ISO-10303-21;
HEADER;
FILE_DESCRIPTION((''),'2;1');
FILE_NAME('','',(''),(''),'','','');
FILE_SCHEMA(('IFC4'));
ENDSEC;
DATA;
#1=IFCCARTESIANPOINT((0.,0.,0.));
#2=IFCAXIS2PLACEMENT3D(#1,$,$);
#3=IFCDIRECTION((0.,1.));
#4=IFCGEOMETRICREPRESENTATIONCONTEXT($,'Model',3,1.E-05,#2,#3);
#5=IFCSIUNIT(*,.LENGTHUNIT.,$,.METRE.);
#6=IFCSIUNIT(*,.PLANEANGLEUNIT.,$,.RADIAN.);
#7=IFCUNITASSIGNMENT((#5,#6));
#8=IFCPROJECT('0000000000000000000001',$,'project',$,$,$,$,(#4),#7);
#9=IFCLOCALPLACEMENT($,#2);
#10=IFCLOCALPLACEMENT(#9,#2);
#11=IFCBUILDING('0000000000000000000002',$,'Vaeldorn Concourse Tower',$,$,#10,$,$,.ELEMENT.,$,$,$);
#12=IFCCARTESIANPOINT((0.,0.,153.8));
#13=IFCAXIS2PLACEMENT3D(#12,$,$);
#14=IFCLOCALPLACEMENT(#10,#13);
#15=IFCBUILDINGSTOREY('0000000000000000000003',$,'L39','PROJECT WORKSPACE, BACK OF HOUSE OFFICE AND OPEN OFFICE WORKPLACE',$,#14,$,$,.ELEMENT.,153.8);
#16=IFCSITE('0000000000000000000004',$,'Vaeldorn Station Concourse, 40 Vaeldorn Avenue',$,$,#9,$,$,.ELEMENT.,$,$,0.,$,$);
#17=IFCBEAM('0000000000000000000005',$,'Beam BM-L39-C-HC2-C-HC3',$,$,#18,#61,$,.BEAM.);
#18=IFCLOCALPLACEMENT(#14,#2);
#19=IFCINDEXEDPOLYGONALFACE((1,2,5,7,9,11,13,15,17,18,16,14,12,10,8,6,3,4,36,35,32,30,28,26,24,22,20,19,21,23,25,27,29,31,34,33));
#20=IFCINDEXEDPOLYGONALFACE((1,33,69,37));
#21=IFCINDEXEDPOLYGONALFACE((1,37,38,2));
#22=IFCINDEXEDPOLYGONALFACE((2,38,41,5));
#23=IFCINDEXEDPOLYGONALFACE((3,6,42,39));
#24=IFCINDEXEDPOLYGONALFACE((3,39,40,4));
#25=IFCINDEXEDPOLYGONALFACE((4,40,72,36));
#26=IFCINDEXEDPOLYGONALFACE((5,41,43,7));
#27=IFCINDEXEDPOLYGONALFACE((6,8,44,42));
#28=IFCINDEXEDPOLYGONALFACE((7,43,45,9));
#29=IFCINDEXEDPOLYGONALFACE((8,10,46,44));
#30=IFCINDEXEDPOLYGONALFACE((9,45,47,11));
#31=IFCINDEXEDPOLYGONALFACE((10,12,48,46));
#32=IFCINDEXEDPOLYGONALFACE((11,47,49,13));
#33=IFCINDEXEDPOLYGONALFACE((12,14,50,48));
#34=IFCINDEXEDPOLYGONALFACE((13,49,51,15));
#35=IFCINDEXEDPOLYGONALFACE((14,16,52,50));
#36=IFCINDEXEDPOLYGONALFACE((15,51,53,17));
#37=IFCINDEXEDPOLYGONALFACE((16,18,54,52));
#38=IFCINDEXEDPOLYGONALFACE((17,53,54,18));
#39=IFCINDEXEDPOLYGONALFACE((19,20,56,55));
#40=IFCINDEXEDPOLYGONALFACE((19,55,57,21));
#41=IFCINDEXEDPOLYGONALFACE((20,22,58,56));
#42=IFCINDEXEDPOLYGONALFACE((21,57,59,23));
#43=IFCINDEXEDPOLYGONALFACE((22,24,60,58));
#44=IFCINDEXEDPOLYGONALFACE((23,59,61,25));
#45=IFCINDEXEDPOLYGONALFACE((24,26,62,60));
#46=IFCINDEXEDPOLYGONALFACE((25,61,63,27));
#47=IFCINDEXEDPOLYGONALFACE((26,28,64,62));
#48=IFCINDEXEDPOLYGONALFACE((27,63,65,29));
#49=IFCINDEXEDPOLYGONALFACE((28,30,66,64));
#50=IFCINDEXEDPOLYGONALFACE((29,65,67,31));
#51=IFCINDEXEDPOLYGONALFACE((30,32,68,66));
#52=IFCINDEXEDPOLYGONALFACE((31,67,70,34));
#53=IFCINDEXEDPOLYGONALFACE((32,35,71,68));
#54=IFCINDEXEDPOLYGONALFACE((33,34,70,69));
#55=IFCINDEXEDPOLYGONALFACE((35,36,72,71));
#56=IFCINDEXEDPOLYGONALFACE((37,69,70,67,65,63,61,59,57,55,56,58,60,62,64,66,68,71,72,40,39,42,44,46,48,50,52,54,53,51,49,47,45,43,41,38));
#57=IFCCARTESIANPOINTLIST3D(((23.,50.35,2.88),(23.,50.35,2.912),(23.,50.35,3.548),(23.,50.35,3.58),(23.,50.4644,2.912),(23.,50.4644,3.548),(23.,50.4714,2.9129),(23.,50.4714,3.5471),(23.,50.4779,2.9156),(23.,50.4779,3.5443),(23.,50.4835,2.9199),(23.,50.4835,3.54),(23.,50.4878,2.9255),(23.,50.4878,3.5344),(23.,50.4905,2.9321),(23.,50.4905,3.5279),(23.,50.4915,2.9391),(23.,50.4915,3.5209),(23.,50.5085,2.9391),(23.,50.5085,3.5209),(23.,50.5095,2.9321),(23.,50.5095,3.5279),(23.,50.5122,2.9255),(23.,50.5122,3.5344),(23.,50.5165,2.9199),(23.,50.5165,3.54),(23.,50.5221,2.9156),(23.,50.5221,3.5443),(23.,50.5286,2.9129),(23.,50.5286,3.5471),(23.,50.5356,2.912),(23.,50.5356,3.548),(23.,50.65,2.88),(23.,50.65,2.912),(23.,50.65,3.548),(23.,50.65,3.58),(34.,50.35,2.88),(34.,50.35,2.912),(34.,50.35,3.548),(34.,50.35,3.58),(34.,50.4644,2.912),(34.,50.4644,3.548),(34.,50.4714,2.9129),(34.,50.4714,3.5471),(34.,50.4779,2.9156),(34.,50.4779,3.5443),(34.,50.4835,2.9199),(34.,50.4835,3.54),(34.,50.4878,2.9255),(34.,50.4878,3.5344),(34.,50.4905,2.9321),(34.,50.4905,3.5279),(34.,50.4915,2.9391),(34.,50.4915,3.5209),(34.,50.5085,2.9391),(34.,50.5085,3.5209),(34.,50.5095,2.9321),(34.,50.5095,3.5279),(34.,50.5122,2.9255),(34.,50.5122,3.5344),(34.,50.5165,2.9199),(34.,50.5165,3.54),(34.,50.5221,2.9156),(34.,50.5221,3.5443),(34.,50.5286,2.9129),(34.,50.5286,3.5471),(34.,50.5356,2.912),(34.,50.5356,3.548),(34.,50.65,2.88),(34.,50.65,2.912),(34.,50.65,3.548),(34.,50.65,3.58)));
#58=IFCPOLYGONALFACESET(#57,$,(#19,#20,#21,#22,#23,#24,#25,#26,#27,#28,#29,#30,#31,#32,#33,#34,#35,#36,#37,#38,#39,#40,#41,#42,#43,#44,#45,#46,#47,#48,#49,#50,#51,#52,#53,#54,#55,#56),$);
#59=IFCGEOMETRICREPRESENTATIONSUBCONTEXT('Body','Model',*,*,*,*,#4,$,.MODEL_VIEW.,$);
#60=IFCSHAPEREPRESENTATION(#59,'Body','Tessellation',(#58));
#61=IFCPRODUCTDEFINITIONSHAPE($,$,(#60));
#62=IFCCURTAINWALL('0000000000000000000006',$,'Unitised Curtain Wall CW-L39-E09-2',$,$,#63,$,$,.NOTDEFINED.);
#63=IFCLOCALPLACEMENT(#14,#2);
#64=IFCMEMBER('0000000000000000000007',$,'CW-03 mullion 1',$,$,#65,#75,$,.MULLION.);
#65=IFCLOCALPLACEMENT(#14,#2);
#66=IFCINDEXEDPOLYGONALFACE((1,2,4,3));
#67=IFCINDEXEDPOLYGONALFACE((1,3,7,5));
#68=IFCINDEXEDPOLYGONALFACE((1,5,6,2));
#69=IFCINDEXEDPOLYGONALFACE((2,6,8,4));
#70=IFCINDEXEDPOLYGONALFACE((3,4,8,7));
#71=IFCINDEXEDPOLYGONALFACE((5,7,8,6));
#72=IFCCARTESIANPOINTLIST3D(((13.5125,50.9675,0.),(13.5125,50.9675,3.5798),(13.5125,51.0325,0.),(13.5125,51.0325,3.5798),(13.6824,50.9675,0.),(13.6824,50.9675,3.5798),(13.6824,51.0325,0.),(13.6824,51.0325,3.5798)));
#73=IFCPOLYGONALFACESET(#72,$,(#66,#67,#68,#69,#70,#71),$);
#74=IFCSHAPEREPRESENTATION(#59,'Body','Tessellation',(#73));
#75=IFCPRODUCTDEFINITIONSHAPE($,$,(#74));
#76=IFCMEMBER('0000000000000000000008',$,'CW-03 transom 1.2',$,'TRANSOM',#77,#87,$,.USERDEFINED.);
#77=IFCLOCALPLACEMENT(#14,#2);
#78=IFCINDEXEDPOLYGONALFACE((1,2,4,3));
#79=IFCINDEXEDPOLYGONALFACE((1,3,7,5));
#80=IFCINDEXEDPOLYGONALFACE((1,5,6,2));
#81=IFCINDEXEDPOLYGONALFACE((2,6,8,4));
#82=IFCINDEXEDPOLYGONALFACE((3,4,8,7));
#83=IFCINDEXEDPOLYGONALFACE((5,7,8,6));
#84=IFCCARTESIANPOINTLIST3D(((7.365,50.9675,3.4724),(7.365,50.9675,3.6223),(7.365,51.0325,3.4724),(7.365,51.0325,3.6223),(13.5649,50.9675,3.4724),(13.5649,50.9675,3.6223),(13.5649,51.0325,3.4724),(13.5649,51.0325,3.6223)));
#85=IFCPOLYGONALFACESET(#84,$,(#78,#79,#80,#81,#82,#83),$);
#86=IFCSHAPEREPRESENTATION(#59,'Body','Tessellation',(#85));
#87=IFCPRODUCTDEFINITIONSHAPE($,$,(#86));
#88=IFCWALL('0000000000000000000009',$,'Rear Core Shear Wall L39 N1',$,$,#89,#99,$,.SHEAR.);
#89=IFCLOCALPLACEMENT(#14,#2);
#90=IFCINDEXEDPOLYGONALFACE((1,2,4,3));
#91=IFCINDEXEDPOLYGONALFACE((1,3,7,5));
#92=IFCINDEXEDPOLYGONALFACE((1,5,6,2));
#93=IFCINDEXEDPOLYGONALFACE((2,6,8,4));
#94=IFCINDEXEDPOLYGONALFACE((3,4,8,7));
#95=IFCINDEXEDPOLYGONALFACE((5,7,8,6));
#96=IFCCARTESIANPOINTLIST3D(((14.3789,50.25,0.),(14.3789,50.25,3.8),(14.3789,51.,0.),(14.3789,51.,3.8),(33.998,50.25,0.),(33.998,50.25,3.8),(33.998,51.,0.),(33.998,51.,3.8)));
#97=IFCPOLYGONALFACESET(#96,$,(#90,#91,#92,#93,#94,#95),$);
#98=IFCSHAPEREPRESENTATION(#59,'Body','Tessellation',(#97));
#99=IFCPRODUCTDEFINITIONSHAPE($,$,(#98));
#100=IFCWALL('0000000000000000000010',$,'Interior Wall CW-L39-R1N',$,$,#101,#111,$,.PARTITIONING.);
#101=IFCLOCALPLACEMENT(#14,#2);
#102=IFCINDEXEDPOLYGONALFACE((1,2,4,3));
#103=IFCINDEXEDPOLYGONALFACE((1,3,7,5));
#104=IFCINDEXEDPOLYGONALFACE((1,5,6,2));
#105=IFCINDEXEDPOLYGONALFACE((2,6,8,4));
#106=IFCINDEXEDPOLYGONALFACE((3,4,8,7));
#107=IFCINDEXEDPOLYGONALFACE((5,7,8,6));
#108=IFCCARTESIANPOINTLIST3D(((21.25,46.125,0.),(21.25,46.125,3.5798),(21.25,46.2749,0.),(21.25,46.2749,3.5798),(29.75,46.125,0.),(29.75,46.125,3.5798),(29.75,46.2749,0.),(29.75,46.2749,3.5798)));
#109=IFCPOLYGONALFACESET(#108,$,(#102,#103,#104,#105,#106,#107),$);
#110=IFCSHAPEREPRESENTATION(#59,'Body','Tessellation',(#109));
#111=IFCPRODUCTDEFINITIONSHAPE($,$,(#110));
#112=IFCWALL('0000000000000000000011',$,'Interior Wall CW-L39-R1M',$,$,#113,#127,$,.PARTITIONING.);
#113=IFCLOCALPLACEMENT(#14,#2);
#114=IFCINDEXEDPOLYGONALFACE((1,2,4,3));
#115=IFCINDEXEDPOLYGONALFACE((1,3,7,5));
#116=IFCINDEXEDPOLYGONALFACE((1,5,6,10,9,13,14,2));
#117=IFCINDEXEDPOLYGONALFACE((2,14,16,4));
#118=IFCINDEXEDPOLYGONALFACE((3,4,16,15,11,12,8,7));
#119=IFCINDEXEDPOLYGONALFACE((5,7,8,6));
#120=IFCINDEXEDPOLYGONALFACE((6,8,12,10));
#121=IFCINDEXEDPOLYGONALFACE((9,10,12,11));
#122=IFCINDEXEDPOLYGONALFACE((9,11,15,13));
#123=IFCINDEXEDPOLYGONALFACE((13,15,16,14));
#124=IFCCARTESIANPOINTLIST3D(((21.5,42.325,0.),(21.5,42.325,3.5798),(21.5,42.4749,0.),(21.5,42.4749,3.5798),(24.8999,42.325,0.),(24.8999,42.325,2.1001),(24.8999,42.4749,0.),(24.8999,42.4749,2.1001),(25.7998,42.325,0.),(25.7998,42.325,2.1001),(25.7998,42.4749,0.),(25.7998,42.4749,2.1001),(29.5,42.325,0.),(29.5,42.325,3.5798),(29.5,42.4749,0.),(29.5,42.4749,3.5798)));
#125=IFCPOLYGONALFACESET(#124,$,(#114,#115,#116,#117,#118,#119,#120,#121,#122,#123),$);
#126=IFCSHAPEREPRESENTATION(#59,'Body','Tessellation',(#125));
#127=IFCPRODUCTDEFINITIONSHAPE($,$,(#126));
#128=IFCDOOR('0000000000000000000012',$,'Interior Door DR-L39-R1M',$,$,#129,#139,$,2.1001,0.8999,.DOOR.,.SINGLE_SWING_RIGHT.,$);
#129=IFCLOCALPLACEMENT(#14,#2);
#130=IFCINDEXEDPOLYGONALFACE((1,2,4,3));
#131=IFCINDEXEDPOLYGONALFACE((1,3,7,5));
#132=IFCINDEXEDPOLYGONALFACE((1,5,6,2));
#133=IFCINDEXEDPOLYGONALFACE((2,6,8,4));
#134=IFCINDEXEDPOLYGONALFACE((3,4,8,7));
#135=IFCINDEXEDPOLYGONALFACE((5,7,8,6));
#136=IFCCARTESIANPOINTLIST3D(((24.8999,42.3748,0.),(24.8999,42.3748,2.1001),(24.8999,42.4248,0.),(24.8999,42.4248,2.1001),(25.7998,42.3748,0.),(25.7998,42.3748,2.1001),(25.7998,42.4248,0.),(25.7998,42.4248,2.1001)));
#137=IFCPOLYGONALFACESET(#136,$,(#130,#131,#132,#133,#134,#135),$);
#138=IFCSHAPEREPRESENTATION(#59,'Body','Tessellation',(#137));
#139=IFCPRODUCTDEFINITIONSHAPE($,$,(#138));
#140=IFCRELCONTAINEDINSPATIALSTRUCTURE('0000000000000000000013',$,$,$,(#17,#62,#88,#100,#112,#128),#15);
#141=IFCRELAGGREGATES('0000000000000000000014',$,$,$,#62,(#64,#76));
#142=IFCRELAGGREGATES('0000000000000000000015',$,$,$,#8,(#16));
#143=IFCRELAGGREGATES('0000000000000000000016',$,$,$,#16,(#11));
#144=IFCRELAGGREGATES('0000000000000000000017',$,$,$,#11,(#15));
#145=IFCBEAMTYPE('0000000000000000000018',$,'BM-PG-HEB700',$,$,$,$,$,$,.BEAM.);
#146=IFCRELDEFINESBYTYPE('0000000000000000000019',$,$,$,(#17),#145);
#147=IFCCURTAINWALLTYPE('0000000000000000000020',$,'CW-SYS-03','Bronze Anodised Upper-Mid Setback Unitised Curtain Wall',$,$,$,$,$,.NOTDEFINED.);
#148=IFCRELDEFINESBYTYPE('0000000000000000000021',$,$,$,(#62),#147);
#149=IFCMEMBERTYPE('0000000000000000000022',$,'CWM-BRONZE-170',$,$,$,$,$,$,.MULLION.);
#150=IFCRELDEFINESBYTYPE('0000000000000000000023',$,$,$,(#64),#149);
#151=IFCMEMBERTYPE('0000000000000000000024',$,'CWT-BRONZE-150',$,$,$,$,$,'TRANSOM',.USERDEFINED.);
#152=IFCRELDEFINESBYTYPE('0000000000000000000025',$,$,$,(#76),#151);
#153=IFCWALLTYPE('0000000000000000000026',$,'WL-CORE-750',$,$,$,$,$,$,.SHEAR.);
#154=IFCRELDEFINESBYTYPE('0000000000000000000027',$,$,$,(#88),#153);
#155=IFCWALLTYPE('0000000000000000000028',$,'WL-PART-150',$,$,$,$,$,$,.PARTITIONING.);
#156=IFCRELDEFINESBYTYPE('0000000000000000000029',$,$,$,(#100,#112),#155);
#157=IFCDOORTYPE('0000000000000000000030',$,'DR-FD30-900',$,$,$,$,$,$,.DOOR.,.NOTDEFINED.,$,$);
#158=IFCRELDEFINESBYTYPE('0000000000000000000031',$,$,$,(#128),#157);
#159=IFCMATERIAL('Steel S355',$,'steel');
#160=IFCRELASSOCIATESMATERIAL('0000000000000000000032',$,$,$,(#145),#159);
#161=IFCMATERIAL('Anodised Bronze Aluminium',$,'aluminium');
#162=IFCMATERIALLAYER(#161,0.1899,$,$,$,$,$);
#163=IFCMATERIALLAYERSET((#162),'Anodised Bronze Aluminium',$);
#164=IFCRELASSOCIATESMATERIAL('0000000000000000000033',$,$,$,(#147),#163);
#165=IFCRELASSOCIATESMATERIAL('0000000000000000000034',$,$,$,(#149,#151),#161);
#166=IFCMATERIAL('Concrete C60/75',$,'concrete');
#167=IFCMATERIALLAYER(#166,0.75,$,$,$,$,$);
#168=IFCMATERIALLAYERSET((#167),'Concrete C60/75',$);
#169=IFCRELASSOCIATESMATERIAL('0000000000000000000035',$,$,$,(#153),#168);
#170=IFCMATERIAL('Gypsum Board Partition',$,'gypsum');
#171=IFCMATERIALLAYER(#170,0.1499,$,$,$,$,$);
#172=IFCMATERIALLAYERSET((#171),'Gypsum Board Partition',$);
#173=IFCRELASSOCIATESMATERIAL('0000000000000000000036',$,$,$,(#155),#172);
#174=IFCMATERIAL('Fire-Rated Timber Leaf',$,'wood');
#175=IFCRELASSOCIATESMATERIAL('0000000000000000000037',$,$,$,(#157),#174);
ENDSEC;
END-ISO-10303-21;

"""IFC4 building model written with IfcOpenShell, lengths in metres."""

from ifc_helpers import new_model, si_unit, direction, frame, frame_2d, origin, origin_2d, place, context, subcontext, project, spatial, rectangle, i_section, extrude, source, transform, mapped, material, layer, layer_set, material_profile, profile_set, type_object, element, fill, aggregate, save


model = new_model("IFC4")

# Units and contexts
model_context = context("Model", 3, precision=1e-05, world=origin(), true_north=direction((0.0, 1.0)))
body_context = subcontext(model_context, "Body", "Model", "MODEL_VIEW")
ifc_project = project(units=[si_unit("LENGTHUNIT", "METRE"), si_unit("PLANEANGLEUNIT", "RADIAN")], contexts=[model_context])

# Site, building, storey
site_placement = place(None, origin())
site = spatial("IfcSite", under=ifc_project, at=site_placement, Name="Vaeldorn Station Concourse, 40 Vaeldorn Avenue", CompositionType="ELEMENT", RefElevation=0.0)
building_placement = place(site_placement, origin())
building = spatial("IfcBuilding", under=site, at=building_placement, Name="Vaeldorn Concourse Tower", CompositionType="ELEMENT")
storey_placement = place(building_placement, frame((0.0, 0.0, 153.8)))
storey = spatial("IfcBuildingStorey", under=building, at=storey_placement, Name="L39", Description="PROJECT WORKSPACE, BACK OF HOUSE OFFICE AND OPEN OFFICE WORKPLACE", CompositionType="ELEMENT", Elevation=153.8)

# Beam
ifc_material_1 = material(Name="Steel S355", Category="steel")
ifc_material_profile_1 = material_profile(ifc_material_1, i_section(OverallWidth=0.3, OverallDepth=0.7, WebThickness=0.0171, FlangeThickness=0.032, FilletRadius=0.0271, at=origin_2d()), Name="HEB 700")
ifc_profile_set_1 = profile_set([ifc_material_profile_1], Name="Steel S355")
beam_type_1 = type_object("IfcBeamType", Name="BM-PG-HEB700", PredefinedType="BEAM", material=ifc_profile_set_1)
shared_shape_1 = source(origin(), body_context, "Body", "SweptSolid", [
    extrude(i_section(OverallWidth=0.3, OverallDepth=0.7, WebThickness=0.0171, FlangeThickness=0.032, FilletRadius=0.0271, at=origin_2d()), origin(), (0.0, 0.0, 1.0), 11.0),
])
beam_1_placement = place(storey_placement, frame((23.0, 50.5, 3.23), z_axis=(1.0, 0.0, 0.0), x_axis=(0.0, 1.0, 0.0)))
element("IfcBeam", 1, at=beam_1_placement, inside=storey, type_object=beam_type_1, Name="Beam BM-L39-C-HC2-C-HC3", PredefinedType="BEAM", context=body_context, shape_type="MappedRepresentation", body=[
    mapped(shared_shape_1, transform((0.0, 0.0, 0.0), scale=1.0)),
])

# Curtain wall, members
ifc_material_2 = material(Name="Anodised Bronze Aluminium", Category="aluminium")
ifc_layer_1 = layer(ifc_material_2, 0.1899)
ifc_layer_set_1 = layer_set([ifc_layer_1], Name="Anodised Bronze Aluminium")
curtain_wall_type = type_object("IfcCurtainWallType", Name="CW-SYS-03", Description="Bronze Anodised Upper-Mid Setback Unitised Curtain Wall", PredefinedType="NOTDEFINED", material=ifc_layer_set_1)
curtain_wall_placement = place(storey_placement, origin())
curtain_wall = element("IfcCurtainWall", 2, at=curtain_wall_placement, inside=storey, type_object=curtain_wall_type, Name="Unitised Curtain Wall CW-L39-E09-2", PredefinedType="NOTDEFINED")
ifc_material_profile_2 = material_profile(ifc_material_2, rectangle(XDim=0.0649, YDim=0.1699, at=origin_2d()), Name="CWM 65x170")
ifc_profile_set_2 = profile_set([ifc_material_profile_2], Name="Anodised Bronze Aluminium")
member_type_1 = type_object("IfcMemberType", Name="CWM-BRONZE-170", PredefinedType="MULLION", material=ifc_profile_set_2)
shared_shape_2 = source(origin(), body_context, "Body", "SweptSolid", [
    extrude(rectangle(XDim=0.0649, YDim=0.1699, at=origin_2d()), origin(), (0.0, 0.0, 1.0), 3.5798),
])
member_1_placement = place(storey_placement, frame((13.5974, 51.0, 0.0), z_axis=(0.0, 0.0, 1.0), x_axis=(0.0, -1.0, 0.0)))
member_1 = element("IfcMember", 3, at=member_1_placement, type_object=member_type_1, Name="CW-03 mullion 1", PredefinedType="MULLION", context=body_context, shape_type="MappedRepresentation", body=[
    mapped(shared_shape_2, transform((0.0, 0.0, 0.0), scale=1.0)),
])
ifc_material_profile_3 = material_profile(ifc_material_2, rectangle(XDim=0.0649, YDim=0.1499, at=origin_2d()), Name="CWT 65x150")
ifc_profile_set_3 = profile_set([ifc_material_profile_3], Name="Anodised Bronze Aluminium")
member_type_2 = type_object("IfcMemberType", Name="CWT-BRONZE-150", ElementType="TRANSOM", PredefinedType="USERDEFINED", material=ifc_profile_set_3)
shared_shape_3 = source(origin(), body_context, "Body", "SweptSolid", [
    extrude(rectangle(XDim=0.0649, YDim=0.1499, at=origin_2d()), origin(), (0.0, 0.0, 1.0), 6.2),
])
member_2_placement = place(storey_placement, frame((13.5649, 51.0, 3.5474), z_axis=(-1.0, 0.0, 0.0), x_axis=(0.0, -1.0, 0.0)))
member_2 = element("IfcMember", 4, at=member_2_placement, type_object=member_type_2, Name="CW-03 transom 1.2", ObjectType="TRANSOM", PredefinedType="USERDEFINED", context=body_context, shape_type="MappedRepresentation", body=[
    mapped(shared_shape_3, transform((0.0, 0.0, 0.0), scale=1.0)),
])
aggregate(curtain_wall, [member_1, member_2])

# Walls
ifc_material_3 = material(Name="Concrete C60/75", Category="concrete")
ifc_layer_2 = layer(ifc_material_3, 0.75)
ifc_layer_set_2 = layer_set([ifc_layer_2], Name="Concrete C60/75")
wall_type_1 = type_object("IfcWallType", Name="WL-CORE-750", PredefinedType="SHEAR", material=ifc_layer_set_2)
wall_1_placement = place(storey_placement, frame((14.3789, 50.625, 0.0), z_axis=(0.0, 0.0, 1.0), x_axis=(1.0, 0.0, 0.0)))
element("IfcWall", 5, at=wall_1_placement, inside=storey, type_object=wall_type_1, Name="Rear Core Shear Wall L39 N1", PredefinedType="SHEAR", context=body_context, shape_type="SweptSolid", body=[
    extrude(rectangle(XDim=19.6191, YDim=0.75, at=frame_2d((9.8096, 0.0))), origin(), (0.0, 0.0, 1.0), 3.8),
])
ifc_material_4 = material(Name="Gypsum Board Partition", Category="gypsum")
ifc_layer_3 = layer(ifc_material_4, 0.1499)
ifc_layer_set_3 = layer_set([ifc_layer_3], Name="Gypsum Board Partition")
wall_type_2 = type_object("IfcWallType", Name="WL-PART-150", PredefinedType="PARTITIONING", material=ifc_layer_set_3)
wall_2_placement = place(storey_placement, frame((21.25, 46.2, 0.0), z_axis=(0.0, 0.0, 1.0), x_axis=(1.0, 0.0, 0.0)))
element("IfcWall", 6, at=wall_2_placement, inside=storey, type_object=wall_type_2, Name="Interior Wall CW-L39-R1N", PredefinedType="PARTITIONING", context=body_context, shape_type="SweptSolid", body=[
    extrude(rectangle(XDim=8.5, YDim=0.1499, at=frame_2d((4.25, 0.0))), origin(), (0.0, 0.0, 1.0), 3.5798),
])

# Wall, opening, door
wall_3_placement = place(storey_placement, frame((21.5, 42.3999, 0.0), z_axis=(0.0, 0.0, 1.0), x_axis=(1.0, 0.0, 0.0)))
wall_3 = element("IfcWall", 7, at=wall_3_placement, inside=storey, type_object=wall_type_2, Name="Interior Wall CW-L39-R1M", PredefinedType="PARTITIONING", context=body_context, shape_type="SweptSolid", body=[
    extrude(rectangle(XDim=8.0, YDim=0.1499, at=frame_2d((4.0, 0.0))), origin(), (0.0, 0.0, 1.0), 3.5798),
])
opening_1_placement = place(wall_3_placement, frame((3.3999, 0.0, 0.0)))
opening_1 = element("IfcOpeningElement", 8, at=opening_1_placement, cuts=wall_3, PredefinedType="OPENING", context=body_context, shape_type="SweptSolid", body=[
    extrude(rectangle(XDim=0.8999, YDim=2.1001, at=frame_2d((0.45, 1.05))), frame((0.0, 0.085, 0.0), z_axis=(0.0, -1.0, 0.0), x_axis=(1.0, 0.0, 0.0)), (0.0, 0.0, 1.0), 0.1699),
])
ifc_material_5 = material(Name="Fire-Rated Timber Leaf", Category="wood")
door_type_1 = type_object("IfcDoorType", Name="DR-FD30-900", OperationType="NOTDEFINED", PredefinedType="DOOR", material=ifc_material_5)
shared_shape_4 = source(origin(), body_context, "Body", "SweptSolid", [
    extrude(rectangle(XDim=0.8999, YDim=2.1001, at=frame_2d((0.45, 1.05))), frame((0.0, 0.0249, 0.0), z_axis=(0.0, -1.0, 0.0), x_axis=(1.0, 0.0, 0.0)), (0.0, 0.0, 1.0), 0.05),
])
door_1_placement = place(opening_1_placement, origin())
door_1 = element("IfcDoor", 9, at=door_1_placement, inside=storey, type_object=door_type_1, Name="Interior Door DR-L39-R1M", OperationType="SINGLE_SWING_RIGHT", OverallHeight=2.1001, OverallWidth=0.8999, PredefinedType="DOOR", context=body_context, shape_type="MappedRepresentation", body=[
    mapped(shared_shape_4, transform((0.0, 0.0, 0.0), scale=1.0)),
])
fill(opening_1, door_1)

save(model, "model.ifc")
